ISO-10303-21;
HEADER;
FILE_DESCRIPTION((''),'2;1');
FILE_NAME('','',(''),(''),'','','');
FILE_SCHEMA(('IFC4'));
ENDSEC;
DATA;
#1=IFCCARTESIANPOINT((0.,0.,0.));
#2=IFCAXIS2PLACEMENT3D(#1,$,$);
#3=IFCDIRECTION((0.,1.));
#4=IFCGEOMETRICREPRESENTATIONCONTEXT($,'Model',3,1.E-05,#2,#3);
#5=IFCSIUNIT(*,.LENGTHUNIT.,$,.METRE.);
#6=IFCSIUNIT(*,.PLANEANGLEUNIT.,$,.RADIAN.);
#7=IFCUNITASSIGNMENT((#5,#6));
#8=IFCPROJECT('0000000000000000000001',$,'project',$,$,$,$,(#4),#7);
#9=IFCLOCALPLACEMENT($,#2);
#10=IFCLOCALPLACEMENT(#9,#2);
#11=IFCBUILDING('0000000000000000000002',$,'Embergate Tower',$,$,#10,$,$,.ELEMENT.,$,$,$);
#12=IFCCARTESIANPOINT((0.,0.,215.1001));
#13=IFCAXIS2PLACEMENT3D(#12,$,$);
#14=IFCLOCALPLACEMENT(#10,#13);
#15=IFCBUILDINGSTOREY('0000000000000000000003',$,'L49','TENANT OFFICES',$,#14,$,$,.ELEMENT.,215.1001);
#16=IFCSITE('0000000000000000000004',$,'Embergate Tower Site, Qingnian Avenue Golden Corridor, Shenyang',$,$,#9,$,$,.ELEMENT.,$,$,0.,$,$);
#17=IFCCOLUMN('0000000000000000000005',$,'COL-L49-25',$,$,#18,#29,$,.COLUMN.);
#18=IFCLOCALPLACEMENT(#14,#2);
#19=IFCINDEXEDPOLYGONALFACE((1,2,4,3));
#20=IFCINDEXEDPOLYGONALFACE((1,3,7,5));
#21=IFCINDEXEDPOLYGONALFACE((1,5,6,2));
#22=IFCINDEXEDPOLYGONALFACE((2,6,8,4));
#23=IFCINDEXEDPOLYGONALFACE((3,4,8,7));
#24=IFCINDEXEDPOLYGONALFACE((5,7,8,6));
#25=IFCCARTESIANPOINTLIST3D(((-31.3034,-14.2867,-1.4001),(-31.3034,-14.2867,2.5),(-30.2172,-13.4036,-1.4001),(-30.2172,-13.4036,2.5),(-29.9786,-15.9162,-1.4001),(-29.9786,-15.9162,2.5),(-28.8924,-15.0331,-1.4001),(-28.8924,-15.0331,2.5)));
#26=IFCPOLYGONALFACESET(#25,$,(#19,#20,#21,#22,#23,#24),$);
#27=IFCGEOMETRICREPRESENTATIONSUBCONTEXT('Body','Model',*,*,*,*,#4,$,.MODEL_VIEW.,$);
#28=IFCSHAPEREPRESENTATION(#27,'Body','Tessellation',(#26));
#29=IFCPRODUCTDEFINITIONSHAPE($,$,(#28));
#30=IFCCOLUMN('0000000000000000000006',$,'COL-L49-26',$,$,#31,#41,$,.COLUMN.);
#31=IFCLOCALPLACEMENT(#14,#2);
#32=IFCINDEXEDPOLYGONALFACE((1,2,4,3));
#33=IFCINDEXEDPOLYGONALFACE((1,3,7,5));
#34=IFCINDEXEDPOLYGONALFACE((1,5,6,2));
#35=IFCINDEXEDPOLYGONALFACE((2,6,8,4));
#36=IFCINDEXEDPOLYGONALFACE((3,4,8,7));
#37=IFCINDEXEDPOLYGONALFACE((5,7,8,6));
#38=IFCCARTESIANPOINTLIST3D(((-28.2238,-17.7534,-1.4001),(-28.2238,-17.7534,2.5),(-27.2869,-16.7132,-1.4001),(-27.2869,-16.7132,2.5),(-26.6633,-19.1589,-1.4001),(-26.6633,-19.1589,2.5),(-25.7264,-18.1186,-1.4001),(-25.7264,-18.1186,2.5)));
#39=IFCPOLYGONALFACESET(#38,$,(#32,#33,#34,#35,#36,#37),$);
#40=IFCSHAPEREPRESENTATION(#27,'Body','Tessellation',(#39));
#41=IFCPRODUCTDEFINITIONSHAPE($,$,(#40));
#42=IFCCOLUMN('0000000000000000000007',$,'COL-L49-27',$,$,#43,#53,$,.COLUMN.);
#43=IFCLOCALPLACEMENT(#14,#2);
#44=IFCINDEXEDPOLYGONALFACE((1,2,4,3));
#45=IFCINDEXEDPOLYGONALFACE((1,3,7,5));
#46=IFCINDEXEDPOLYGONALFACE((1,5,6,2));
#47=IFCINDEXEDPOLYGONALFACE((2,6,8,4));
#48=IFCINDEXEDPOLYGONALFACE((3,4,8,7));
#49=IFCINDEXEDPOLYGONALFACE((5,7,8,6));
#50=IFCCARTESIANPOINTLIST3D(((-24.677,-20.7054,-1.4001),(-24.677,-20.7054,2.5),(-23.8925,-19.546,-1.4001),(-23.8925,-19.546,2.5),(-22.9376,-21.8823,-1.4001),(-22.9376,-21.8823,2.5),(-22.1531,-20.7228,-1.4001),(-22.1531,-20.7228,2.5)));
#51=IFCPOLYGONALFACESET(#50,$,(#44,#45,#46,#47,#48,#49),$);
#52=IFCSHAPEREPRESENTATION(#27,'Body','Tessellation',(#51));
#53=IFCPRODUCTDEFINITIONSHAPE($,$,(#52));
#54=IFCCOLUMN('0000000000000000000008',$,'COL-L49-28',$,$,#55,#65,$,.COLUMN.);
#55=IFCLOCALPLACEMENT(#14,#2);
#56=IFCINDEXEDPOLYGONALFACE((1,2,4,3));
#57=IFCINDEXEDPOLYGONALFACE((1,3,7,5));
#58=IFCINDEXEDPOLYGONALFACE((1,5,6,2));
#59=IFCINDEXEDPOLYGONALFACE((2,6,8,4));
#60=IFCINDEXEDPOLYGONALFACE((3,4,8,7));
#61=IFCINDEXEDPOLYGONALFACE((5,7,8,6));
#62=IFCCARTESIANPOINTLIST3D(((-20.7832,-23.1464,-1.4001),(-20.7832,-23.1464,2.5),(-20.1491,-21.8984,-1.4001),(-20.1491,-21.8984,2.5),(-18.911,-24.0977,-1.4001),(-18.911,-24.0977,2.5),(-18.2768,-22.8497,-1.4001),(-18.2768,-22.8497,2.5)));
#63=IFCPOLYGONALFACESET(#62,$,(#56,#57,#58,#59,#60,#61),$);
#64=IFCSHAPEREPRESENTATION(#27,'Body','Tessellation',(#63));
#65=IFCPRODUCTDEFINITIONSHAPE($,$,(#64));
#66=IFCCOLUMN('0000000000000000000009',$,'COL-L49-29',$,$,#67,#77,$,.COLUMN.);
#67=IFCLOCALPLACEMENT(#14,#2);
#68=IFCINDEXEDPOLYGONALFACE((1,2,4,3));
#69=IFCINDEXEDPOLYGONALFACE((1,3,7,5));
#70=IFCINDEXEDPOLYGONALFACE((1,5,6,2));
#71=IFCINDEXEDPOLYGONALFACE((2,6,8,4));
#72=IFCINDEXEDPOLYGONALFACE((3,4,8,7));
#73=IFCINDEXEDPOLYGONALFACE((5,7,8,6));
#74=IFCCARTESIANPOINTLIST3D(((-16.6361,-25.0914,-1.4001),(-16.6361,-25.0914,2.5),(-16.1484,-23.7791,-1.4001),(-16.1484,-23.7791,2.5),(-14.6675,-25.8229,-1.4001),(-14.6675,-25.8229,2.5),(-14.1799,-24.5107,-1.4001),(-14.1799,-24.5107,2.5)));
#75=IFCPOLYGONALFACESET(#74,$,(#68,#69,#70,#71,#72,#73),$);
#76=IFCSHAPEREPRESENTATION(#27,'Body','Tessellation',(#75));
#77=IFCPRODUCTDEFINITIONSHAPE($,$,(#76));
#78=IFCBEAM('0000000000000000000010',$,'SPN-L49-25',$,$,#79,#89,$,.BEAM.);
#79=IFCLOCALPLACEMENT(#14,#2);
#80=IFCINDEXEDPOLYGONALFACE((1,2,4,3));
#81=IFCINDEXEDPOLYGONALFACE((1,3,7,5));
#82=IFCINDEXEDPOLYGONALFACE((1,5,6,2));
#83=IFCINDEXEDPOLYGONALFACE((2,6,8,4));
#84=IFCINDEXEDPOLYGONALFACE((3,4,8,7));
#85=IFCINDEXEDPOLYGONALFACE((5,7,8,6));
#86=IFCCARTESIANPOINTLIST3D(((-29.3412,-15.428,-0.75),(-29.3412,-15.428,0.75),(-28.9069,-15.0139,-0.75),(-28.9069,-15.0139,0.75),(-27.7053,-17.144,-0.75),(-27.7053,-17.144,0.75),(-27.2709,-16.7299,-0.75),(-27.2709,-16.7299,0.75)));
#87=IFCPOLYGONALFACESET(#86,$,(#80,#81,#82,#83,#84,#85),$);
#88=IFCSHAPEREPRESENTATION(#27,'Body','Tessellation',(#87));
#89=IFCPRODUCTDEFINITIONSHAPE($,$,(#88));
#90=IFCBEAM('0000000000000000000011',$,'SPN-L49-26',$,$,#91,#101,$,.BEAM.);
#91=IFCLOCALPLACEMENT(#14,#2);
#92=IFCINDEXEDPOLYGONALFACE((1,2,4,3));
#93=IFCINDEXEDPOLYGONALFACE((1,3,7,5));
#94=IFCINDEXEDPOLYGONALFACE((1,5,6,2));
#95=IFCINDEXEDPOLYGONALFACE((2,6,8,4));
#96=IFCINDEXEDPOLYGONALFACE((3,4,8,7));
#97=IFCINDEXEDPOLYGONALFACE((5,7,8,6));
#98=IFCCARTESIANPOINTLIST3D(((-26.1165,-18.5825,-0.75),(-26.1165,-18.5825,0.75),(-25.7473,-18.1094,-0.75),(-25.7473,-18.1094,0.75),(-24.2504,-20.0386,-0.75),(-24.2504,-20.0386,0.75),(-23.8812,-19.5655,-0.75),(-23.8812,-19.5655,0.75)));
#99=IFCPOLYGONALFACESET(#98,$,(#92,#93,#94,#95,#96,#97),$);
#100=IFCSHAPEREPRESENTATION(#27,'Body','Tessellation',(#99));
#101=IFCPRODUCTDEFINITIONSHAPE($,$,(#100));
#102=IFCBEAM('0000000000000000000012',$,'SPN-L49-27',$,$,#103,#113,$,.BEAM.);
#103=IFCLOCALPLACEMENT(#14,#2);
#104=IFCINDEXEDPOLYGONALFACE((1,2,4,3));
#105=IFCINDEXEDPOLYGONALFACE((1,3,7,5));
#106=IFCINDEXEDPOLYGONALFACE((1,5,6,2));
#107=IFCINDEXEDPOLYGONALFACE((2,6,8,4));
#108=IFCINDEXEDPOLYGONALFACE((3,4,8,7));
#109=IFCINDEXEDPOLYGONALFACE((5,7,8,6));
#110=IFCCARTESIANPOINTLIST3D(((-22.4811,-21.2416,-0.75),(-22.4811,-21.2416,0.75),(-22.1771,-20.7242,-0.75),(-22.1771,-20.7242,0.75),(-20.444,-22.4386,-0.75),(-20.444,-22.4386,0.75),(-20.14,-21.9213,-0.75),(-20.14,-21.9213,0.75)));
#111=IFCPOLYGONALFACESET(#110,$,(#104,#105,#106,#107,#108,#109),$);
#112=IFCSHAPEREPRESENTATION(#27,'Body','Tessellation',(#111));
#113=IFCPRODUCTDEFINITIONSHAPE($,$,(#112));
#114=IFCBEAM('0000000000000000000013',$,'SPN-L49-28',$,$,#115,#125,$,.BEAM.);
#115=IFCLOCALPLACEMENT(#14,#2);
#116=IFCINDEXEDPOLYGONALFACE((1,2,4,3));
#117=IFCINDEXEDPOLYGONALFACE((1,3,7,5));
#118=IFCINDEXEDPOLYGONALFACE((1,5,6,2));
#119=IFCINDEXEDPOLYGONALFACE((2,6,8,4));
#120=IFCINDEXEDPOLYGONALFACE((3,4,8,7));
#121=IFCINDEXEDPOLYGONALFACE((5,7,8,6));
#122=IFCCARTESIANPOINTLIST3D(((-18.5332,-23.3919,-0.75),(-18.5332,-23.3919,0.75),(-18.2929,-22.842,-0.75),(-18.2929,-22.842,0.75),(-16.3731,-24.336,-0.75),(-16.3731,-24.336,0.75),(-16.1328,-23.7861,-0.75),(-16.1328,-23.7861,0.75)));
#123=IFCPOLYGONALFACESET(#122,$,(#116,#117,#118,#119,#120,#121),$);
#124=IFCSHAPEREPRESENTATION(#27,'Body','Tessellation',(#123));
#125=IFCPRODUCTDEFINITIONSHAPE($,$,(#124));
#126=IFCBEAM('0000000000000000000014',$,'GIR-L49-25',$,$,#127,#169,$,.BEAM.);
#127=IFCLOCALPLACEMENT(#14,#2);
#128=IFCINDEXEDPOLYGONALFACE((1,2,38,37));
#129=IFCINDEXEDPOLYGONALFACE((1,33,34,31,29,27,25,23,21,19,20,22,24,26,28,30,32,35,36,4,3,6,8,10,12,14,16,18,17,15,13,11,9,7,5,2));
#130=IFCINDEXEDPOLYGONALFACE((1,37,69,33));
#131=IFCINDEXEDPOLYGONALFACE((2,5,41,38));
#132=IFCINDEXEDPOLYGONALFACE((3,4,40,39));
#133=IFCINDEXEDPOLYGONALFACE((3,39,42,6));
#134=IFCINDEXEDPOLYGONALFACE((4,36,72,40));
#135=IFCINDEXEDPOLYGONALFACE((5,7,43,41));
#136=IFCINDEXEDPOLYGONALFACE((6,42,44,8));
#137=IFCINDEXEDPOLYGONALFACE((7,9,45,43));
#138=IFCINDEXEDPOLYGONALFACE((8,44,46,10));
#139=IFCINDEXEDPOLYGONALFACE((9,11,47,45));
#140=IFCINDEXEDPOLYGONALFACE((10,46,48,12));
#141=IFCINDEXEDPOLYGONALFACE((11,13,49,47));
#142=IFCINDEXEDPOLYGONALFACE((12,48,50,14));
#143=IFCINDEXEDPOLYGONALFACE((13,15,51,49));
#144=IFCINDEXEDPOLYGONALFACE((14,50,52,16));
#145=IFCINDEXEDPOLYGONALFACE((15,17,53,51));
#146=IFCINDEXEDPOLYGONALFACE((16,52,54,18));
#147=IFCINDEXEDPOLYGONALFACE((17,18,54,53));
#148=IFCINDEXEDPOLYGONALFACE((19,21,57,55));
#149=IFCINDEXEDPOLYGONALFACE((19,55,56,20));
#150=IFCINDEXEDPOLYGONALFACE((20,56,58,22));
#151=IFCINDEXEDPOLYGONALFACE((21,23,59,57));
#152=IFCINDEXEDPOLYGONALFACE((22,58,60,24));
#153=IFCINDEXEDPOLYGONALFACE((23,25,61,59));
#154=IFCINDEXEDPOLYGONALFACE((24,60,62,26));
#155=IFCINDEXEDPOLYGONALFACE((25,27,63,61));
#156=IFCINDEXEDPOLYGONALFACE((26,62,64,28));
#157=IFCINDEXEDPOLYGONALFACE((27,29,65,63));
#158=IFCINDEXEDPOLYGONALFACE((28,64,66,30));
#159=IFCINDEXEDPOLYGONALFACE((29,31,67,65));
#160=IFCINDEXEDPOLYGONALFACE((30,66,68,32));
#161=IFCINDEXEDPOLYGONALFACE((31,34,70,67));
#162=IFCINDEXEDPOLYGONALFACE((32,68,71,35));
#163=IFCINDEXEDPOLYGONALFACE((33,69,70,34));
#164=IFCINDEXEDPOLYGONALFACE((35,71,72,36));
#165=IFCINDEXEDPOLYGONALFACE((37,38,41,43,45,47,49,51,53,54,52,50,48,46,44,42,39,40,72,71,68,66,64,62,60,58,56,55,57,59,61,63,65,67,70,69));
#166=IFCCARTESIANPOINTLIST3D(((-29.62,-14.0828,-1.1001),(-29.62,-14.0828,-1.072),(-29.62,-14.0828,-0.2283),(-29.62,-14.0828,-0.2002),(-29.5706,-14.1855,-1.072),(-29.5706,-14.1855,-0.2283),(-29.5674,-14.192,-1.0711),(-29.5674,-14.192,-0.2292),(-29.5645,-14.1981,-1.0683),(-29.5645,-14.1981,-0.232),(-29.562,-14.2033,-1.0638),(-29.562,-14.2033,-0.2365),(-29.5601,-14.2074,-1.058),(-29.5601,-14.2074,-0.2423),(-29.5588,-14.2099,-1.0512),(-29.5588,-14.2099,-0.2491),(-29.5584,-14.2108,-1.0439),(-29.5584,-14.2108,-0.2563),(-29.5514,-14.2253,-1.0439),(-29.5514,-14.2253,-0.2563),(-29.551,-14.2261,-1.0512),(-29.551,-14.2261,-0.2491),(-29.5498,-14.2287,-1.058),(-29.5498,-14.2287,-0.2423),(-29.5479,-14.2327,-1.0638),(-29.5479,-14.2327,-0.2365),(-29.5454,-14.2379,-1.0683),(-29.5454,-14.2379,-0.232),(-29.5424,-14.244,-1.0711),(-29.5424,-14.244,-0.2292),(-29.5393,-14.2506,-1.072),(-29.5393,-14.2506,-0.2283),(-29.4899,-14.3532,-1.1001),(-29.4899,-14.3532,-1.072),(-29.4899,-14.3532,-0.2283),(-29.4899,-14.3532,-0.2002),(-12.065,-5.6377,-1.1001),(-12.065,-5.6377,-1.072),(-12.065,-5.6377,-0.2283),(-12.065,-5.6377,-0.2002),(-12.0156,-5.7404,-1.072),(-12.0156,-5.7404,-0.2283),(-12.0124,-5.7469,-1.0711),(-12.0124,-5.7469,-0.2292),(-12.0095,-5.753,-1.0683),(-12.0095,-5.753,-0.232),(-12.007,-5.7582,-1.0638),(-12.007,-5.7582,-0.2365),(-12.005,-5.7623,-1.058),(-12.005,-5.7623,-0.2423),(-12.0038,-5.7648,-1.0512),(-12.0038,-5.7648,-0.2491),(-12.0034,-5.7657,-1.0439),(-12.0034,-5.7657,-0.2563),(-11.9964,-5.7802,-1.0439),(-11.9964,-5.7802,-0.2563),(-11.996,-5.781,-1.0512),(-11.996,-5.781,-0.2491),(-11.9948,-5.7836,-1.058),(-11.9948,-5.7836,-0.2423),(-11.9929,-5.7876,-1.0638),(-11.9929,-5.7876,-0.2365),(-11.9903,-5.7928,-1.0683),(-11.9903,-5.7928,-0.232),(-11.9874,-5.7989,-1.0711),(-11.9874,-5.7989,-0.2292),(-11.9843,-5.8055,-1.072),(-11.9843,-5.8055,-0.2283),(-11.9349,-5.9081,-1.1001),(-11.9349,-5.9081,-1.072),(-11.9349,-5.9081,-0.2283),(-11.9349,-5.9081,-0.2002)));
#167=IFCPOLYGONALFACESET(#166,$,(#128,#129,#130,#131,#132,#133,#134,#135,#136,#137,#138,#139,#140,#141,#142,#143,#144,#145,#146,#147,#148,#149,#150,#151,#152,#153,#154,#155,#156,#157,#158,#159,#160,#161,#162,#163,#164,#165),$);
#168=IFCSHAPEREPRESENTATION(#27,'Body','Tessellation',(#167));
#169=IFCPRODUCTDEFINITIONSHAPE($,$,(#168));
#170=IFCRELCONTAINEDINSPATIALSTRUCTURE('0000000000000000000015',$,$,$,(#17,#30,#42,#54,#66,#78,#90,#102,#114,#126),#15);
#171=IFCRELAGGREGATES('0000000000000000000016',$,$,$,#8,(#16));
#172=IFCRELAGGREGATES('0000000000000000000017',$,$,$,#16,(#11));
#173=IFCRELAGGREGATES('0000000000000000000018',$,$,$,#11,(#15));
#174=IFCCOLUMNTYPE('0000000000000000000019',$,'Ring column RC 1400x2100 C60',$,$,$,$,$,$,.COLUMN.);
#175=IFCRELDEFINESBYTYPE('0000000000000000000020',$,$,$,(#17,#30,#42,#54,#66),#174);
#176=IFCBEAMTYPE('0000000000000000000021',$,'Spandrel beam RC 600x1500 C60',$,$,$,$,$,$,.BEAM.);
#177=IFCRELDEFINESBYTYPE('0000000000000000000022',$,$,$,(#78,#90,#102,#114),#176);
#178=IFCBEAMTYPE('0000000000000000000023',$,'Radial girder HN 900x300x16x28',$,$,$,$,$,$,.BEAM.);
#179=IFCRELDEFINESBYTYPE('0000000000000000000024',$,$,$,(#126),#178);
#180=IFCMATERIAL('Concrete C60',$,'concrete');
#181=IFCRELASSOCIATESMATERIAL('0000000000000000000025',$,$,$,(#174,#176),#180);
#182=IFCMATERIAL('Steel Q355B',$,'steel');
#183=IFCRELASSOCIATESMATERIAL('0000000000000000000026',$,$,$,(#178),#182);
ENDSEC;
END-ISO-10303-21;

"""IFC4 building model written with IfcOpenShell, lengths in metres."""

from ifc_helpers import new_model, si_unit, direction, frame, origin, origin_2d, place, context, subcontext, project, spatial, rectangle, i_section, extrude, source, transform, mapped, material, material_profile, profile_set, type_object, element, save


model = new_model("IFC4")

# Units and contexts
model_context = context("Model", 3, precision=1e-05, world=origin(), true_north=direction((0.0, 1.0)))
body_context = subcontext(model_context, "Body", "Model", "MODEL_VIEW")
ifc_project = project(units=[si_unit("LENGTHUNIT", "METRE"), si_unit("PLANEANGLEUNIT", "RADIAN")], contexts=[model_context])

# Site, building, storey
site_placement = place(None, origin())
site = spatial("IfcSite", under=ifc_project, at=site_placement, Name="Embergate Tower Site, Qingnian Avenue Golden Corridor, Shenyang", CompositionType="ELEMENT", RefElevation=0.0)
building_placement = place(site_placement, origin())
building = spatial("IfcBuilding", under=site, at=building_placement, Name="Embergate Tower", CompositionType="ELEMENT")
storey_placement = place(building_placement, frame((0.0, 0.0, 215.1001)))
storey = spatial("IfcBuildingStorey", under=building, at=storey_placement, Name="L49", Description="TENANT OFFICES", CompositionType="ELEMENT", Elevation=215.1001)

# Columns
ifc_material_1 = material(Name="Concrete C60", Category="concrete")
ifc_material_profile_1 = material_profile(ifc_material_1, rectangle(XDim=1.3999, YDim=2.1001, at=origin_2d()), Name="RC 1400x2100")
ifc_profile_set_1 = profile_set([ifc_material_profile_1], Name="Concrete C60")
column_type = type_object("IfcColumnType", Name="Ring column RC 1400x2100 C60", PredefinedType="COLUMN", material=ifc_profile_set_1)
shared_shape_1 = source(origin(), body_context, "Body", "SweptSolid", [
    extrude(rectangle(XDim=1.3999, YDim=2.1001, at=origin_2d()), origin(), (0.0, 0.0, 1.0), 3.9001),
])
for number, where, z_axis, x_axis, name in (
    (1, (-30.0979, -14.6599, -1.4001), (0.0, 0.0, 1.0), (-0.775925, -0.630825, 0.0), "COL-L49-25"),
    (2, (-26.9751, -17.936, -1.4001), (0.0, 0.0, 1.0), (-0.669221, -0.743063, 0.0), "COL-L49-26"),
    (3, (-23.415, -20.7141, -1.4001), (0.0, 0.0, 1.0), (-0.560393, -0.828227, 0.0), "COL-L49-27"),
    (4, (-19.53, -22.998, -1.4001), (0.0, 0.0, 1.0), (-0.453011, -0.891505, 0.0), "COL-L49-28"),
    (5, (-15.408, -24.801, -1.4001), (0.0, 0.0, 1.0), (-0.348343, -0.937367, 0.0), "COL-L49-29"),
):
    element("IfcColumn", number, at=place(storey_placement, frame(where, z_axis=z_axis, x_axis=x_axis)), inside=storey, type_object=column_type, Name=name, PredefinedType="COLUMN", context=body_context, shape_type="MappedRepresentation", body=[
        mapped(shared_shape_1, transform((0.0, 0.0, 0.0))),
    ])

# Beams
ifc_material_profile_2 = material_profile(ifc_material_1, rectangle(XDim=0.6001, YDim=1.5, at=origin_2d()), Name="RC 600x1500")
ifc_profile_set_2 = profile_set([ifc_material_profile_2], Name="Concrete C60")
beam_type_1 = type_object("IfcBeamType", Name="Spandrel beam RC 600x1500 C60", PredefinedType="BEAM", material=ifc_profile_set_2)
shared_shape_2 = source(origin(), body_context, "Body", "SweptSolid", [
    extrude(rectangle(XDim=0.6001, YDim=1.5, at=origin_2d()), origin(), (0.0, 0.0, 1.0), 2.3708),
])
beam_1_placement = place(storey_placement, frame((-29.124, -15.2209, 0.0), z_axis=(0.690018, -0.723793, 0.0), x_axis=(0.723793, 0.690018, 0.0)))
element("IfcBeam", 6, at=beam_1_placement, inside=storey, type_object=beam_type_1, Name="SPN-L49-25", PredefinedType="BEAM", context=body_context, shape_type="MappedRepresentation", body=[
    mapped(shared_shape_2, transform((0.0, 0.0, 0.0))),
])
shared_shape_3 = source(origin(), body_context, "Body", "SweptSolid", [
    extrude(rectangle(XDim=0.6001, YDim=1.5, at=origin_2d()), origin(), (0.0, 0.0, 1.0), 2.3669),
])
beam_2_placement = place(storey_placement, frame((-25.9319, -18.3459, 0.0), z_axis=(0.788379, -0.61519, 0.0), x_axis=(0.61519, 0.788379, 0.0)))
element("IfcBeam", 7, at=beam_2_placement, inside=storey, type_object=beam_type_1, Name="SPN-L49-26", PredefinedType="BEAM", context=body_context, shape_type="MappedRepresentation", body=[
    mapped(shared_shape_3, transform((0.0, 0.0, 0.0))),
])
shared_shape_4 = source(origin(), body_context, "Body", "SweptSolid", [
    extrude(rectangle(XDim=0.6001, YDim=1.5, at=origin_2d()), origin(), (0.0, 0.0, 1.0), 2.3628),
])
beam_3_placement = place(storey_placement, frame((-22.3291, -20.9829, 0.0), z_axis=(0.862171, -0.506618, 0.0), x_axis=(0.506618, 0.862171, 0.0)))
element("IfcBeam", 8, at=beam_3_placement, inside=storey, type_object=beam_type_1, Name="SPN-L49-27", PredefinedType="BEAM", context=body_context, shape_type="MappedRepresentation", body=[
    mapped(shared_shape_4, transform((0.0, 0.0, 0.0))),
])
shared_shape_5 = source(origin(), body_context, "Body", "SweptSolid", [
    extrude(rectangle(XDim=0.6001, YDim=1.5, at=origin_2d()), origin(), (0.0, 0.0, 1.0), 2.3574),
])
beam_4_placement = place(storey_placement, frame((-18.4131, -23.1169, 0.0), z_axis=(0.916309, -0.400471, 0.0), x_axis=(0.400471, 0.916309, 0.0)))
element("IfcBeam", 9, at=beam_4_placement, inside=storey, type_object=beam_type_1, Name="SPN-L49-28", PredefinedType="BEAM", context=body_context, shape_type="MappedRepresentation", body=[
    mapped(shared_shape_5, transform((0.0, 0.0, 0.0))),
])
ifc_material_2 = material(Name="Steel Q355B", Category="steel")
ifc_material_profile_3 = material_profile(ifc_material_2, i_section(OverallWidth=0.3, OverallDepth=0.8999, WebThickness=0.0161, FlangeThickness=0.0281, FilletRadius=0.0281, at=origin_2d()), Name="HN 900x300x16x28")
ifc_profile_set_3 = profile_set([ifc_material_profile_3], Name="Steel Q355 grade B")
beam_type_2 = type_object("IfcBeamType", Name="Radial girder HN 900x300x16x28", PredefinedType="BEAM", material=ifc_profile_set_3)
shared_shape_6 = source(origin(), body_context, "Body", "SweptSolid", [
    extrude(i_section(OverallWidth=0.3, OverallDepth=0.8999, WebThickness=0.0161, FlangeThickness=0.0281, FilletRadius=0.0281, at=origin_2d()), origin(), (0.0, 0.0, 1.0), 19.4807),
])
beam_5_placement = place(storey_placement, frame((-29.5549, -14.218, -0.6501), z_axis=(0.901148, 0.433511, 0.0), x_axis=(-0.433511, 0.901148, 0.0)))
element("IfcBeam", 10, at=beam_5_placement, inside=storey, type_object=beam_type_2, Name="GIR-L49-25", PredefinedType="BEAM", context=body_context, shape_type="MappedRepresentation", body=[
    mapped(shared_shape_6, transform((0.0, 0.0, 0.0))),
])

save(model, "model.ifc")
